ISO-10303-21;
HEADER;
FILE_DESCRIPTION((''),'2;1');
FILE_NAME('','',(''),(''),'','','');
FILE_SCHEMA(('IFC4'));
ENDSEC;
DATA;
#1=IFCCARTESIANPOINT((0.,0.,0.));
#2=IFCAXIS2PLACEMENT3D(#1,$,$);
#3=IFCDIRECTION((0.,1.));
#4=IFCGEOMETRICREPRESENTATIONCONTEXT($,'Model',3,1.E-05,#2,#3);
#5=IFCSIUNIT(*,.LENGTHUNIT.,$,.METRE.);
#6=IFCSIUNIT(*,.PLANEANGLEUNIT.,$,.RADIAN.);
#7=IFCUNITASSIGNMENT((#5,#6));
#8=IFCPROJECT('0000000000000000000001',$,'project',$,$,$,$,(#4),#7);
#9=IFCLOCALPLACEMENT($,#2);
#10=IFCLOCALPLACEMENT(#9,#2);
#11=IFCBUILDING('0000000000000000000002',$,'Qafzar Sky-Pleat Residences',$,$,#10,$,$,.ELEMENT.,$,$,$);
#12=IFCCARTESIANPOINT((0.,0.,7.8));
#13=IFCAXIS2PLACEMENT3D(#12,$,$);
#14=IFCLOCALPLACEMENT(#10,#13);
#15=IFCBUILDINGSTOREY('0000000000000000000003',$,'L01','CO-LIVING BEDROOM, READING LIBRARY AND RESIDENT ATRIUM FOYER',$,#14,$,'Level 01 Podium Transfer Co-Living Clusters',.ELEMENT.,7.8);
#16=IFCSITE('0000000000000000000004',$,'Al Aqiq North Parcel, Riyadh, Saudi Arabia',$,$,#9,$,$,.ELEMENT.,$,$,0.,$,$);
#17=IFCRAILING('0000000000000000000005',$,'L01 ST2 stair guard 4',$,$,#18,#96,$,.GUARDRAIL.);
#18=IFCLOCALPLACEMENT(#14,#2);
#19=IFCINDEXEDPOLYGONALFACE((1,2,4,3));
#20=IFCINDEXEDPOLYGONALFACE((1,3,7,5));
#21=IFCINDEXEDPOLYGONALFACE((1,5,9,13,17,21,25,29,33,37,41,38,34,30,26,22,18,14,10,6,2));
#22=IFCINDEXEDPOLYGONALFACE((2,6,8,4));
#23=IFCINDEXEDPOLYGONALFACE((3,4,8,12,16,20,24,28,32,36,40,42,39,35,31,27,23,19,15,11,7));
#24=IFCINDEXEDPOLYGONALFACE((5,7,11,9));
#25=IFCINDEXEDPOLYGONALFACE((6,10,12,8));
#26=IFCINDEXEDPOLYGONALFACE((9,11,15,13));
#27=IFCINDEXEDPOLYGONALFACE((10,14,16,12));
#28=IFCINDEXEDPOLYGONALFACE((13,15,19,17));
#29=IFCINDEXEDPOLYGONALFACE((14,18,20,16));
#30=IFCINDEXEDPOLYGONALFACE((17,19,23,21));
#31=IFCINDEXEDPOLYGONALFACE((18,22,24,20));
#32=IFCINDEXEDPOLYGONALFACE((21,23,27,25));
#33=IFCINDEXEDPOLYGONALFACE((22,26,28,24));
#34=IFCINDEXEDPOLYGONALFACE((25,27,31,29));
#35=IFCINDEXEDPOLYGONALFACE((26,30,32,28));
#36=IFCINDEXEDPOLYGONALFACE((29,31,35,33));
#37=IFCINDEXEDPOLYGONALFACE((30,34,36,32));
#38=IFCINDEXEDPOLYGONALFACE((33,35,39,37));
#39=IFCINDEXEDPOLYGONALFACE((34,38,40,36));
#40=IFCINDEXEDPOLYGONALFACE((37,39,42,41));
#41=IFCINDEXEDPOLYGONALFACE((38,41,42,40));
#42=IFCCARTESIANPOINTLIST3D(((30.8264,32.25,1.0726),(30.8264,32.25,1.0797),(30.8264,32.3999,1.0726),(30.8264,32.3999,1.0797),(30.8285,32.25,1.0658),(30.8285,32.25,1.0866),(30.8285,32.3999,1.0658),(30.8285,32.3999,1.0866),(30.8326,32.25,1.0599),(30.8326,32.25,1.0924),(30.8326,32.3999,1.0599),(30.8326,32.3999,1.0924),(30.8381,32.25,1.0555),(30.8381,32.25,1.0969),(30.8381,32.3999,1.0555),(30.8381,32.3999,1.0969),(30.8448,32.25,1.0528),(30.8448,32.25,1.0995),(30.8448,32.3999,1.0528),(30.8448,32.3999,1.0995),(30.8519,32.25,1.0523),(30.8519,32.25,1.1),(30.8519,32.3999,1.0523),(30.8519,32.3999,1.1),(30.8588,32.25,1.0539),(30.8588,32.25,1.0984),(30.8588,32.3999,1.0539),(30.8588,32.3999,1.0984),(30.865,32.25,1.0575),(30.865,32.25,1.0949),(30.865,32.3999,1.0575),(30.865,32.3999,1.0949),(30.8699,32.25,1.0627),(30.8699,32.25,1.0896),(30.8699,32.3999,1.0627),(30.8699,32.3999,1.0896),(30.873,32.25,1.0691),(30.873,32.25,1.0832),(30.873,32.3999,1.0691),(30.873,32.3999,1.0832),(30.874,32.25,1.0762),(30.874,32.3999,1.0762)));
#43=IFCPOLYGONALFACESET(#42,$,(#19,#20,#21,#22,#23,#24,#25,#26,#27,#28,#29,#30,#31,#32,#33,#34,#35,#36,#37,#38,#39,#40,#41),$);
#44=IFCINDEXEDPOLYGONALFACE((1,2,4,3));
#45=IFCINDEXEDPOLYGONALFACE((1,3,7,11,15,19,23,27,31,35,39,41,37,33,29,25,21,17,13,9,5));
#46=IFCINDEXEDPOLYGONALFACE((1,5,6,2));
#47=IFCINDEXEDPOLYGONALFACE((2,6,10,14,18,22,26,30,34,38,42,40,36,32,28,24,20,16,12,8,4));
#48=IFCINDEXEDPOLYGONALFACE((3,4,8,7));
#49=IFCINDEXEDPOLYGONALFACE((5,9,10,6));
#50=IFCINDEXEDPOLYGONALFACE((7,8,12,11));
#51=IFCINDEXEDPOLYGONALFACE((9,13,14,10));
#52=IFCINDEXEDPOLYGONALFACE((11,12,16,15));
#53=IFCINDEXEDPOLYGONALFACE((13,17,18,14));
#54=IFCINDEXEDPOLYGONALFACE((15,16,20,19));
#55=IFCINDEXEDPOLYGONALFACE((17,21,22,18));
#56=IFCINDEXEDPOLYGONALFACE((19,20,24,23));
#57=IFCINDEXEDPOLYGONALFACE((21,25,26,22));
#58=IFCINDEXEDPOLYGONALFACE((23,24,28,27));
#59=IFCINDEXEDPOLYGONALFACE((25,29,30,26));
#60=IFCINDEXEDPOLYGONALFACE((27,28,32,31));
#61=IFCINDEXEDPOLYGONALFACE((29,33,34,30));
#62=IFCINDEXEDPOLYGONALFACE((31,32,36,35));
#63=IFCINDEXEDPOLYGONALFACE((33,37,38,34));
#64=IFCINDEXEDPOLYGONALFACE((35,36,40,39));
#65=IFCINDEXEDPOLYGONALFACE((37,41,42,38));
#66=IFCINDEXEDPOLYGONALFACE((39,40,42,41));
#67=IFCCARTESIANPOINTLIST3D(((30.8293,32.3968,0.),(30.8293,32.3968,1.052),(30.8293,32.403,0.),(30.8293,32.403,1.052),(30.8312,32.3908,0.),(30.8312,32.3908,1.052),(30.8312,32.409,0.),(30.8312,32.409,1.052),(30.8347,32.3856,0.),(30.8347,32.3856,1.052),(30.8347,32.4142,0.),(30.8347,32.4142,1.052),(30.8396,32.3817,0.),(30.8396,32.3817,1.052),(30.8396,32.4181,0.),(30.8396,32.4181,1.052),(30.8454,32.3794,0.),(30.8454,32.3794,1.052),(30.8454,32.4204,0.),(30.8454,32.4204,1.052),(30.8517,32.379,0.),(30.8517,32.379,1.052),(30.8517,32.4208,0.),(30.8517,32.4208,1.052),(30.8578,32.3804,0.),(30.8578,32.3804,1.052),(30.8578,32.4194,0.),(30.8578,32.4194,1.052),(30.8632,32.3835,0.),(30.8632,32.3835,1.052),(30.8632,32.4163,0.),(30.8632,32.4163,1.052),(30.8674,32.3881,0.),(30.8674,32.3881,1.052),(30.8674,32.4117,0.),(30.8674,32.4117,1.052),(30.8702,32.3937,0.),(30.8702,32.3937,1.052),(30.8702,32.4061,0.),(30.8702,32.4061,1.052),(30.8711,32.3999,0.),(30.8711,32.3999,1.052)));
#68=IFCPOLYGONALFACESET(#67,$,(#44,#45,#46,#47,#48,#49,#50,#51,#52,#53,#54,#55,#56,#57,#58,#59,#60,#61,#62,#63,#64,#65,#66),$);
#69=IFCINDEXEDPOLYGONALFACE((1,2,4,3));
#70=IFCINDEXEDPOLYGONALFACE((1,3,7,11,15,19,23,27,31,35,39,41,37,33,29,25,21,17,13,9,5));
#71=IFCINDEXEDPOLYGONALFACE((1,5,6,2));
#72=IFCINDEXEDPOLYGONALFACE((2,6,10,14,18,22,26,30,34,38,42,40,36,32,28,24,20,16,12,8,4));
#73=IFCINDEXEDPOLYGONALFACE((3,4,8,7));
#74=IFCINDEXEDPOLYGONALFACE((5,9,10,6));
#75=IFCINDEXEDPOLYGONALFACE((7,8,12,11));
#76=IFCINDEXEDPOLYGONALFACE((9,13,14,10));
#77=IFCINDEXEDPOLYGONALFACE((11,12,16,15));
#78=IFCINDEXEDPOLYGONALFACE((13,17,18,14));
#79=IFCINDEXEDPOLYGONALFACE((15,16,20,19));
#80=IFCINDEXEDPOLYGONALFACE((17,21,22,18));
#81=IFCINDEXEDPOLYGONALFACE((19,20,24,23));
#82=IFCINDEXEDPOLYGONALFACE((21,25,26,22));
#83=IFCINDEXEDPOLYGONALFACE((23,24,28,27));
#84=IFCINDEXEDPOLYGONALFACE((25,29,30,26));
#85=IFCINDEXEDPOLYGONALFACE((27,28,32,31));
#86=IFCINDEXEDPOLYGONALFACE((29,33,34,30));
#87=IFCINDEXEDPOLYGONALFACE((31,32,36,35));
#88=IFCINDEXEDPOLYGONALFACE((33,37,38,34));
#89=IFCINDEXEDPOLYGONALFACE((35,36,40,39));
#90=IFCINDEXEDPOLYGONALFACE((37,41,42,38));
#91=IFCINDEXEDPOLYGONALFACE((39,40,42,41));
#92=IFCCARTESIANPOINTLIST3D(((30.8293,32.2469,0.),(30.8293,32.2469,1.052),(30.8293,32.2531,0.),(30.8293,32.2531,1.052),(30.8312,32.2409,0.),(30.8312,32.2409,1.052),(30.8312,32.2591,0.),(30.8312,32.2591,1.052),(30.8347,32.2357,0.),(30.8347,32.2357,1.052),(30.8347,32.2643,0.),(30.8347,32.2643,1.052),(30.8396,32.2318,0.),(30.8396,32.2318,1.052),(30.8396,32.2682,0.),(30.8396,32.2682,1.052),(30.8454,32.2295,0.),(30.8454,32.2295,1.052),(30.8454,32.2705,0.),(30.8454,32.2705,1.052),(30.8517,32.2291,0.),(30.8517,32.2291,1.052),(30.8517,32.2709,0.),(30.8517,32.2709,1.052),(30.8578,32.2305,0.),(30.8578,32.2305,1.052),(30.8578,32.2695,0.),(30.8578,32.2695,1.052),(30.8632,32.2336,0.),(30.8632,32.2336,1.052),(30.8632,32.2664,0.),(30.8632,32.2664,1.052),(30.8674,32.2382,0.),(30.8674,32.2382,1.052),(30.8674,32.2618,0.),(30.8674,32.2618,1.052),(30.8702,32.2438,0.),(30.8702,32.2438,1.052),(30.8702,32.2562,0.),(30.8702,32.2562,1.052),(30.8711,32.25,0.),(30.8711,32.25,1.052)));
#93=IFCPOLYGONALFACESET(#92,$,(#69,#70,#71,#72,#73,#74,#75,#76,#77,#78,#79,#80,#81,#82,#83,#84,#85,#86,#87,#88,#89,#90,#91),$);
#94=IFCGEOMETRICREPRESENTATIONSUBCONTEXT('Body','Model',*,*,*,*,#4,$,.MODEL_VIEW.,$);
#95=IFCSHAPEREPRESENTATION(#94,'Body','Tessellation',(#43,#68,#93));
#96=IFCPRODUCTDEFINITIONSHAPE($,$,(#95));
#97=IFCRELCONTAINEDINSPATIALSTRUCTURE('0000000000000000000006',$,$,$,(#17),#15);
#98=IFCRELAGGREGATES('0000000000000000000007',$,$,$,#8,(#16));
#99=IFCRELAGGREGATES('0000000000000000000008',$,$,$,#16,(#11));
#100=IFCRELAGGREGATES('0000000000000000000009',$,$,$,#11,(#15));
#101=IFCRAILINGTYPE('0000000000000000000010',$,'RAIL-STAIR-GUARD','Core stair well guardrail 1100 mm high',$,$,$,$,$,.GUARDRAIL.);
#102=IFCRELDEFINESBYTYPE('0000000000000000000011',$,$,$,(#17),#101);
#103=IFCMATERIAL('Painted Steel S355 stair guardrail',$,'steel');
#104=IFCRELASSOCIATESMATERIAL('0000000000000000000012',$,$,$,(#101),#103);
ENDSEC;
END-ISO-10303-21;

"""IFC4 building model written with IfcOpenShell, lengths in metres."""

from ifc_helpers import new_model, si_unit, direction, frame, origin, origin_2d, place, context, subcontext, project, spatial, circle, extrude, source, transform, mapped, material, type_object, element, save


model = new_model("IFC4")

# Units and contexts
model_context = context("Model", 3, precision=1e-05, world=origin(), true_north=direction((0.0, 1.0)))
body_context = subcontext(model_context, "Body", "Model", "MODEL_VIEW")
ifc_project = project(units=[si_unit("LENGTHUNIT", "METRE"), si_unit("PLANEANGLEUNIT", "RADIAN")], contexts=[model_context])

# Site, building, storey
site_placement = place(None, origin())
site = spatial("IfcSite", under=ifc_project, at=site_placement, Name="Al Aqiq North Parcel, Riyadh, Saudi Arabia", CompositionType="ELEMENT", RefElevation=0.0)
building_placement = place(site_placement, origin())
building = spatial("IfcBuilding", under=site, at=building_placement, Name="Qafzar Sky-Pleat Residences", CompositionType="ELEMENT")
storey_placement = place(building_placement, frame((0.0, 0.0, 7.8)))
storey = spatial("IfcBuildingStorey", under=building, at=storey_placement, Name="L01", Description="CO-LIVING BEDROOM, READING LIBRARY AND RESIDENT ATRIUM FOYER", LongName="Level 01 Podium Transfer Co-Living Clusters", CompositionType="ELEMENT", Elevation=7.8)

# Railing
ifc_material_1 = material(Name="Painted Steel S355 stair guardrail", Category="steel")
railing_type_1 = type_object("IfcRailingType", Name="RAIL-STAIR-GUARD", Description="Core stair well guardrail 1100 mm high", PredefinedType="GUARDRAIL", material=ifc_material_1)
shared_shape_1 = source(origin(), body_context, "Body", "SweptSolid", [
    extrude(circle(Radius=0.0239, at=origin_2d()), frame((0.0, 0.0, 1.0762), z_axis=(0.0, -1.0, 0.0), x_axis=(1.0, 0.0, 0.0)), (0.0, 0.0, 1.0), 0.1499),
    extrude(circle(Radius=0.021, at=origin_2d()), origin(), (0.0, 0.0, 1.0), 1.052),
    extrude(circle(Radius=0.021, at=origin_2d()), frame((0.0, -0.1499, 0.0)), (0.0, 0.0, 1.0), 1.052),
])
for number, where, name in (
    (1, (30.8501, 32.3999, 0.0), "L01 ST2 stair guard 4"),
):
    element("IfcRailing", number, at=place(storey_placement, frame(where)), inside=storey, type_object=railing_type_1, Name=name, PredefinedType="GUARDRAIL", context=body_context, shape_type="MappedRepresentation", body=[
        mapped(shared_shape_1, transform((0.0, 0.0, 0.0), x_axis=(1.0, 0.0, 0.0), y_axis=(0.0, 1.0, 0.0), z_axis=(0.0, 0.0, 1.0), scale=1.0)),
    ])

save(model, "model.ifc")
